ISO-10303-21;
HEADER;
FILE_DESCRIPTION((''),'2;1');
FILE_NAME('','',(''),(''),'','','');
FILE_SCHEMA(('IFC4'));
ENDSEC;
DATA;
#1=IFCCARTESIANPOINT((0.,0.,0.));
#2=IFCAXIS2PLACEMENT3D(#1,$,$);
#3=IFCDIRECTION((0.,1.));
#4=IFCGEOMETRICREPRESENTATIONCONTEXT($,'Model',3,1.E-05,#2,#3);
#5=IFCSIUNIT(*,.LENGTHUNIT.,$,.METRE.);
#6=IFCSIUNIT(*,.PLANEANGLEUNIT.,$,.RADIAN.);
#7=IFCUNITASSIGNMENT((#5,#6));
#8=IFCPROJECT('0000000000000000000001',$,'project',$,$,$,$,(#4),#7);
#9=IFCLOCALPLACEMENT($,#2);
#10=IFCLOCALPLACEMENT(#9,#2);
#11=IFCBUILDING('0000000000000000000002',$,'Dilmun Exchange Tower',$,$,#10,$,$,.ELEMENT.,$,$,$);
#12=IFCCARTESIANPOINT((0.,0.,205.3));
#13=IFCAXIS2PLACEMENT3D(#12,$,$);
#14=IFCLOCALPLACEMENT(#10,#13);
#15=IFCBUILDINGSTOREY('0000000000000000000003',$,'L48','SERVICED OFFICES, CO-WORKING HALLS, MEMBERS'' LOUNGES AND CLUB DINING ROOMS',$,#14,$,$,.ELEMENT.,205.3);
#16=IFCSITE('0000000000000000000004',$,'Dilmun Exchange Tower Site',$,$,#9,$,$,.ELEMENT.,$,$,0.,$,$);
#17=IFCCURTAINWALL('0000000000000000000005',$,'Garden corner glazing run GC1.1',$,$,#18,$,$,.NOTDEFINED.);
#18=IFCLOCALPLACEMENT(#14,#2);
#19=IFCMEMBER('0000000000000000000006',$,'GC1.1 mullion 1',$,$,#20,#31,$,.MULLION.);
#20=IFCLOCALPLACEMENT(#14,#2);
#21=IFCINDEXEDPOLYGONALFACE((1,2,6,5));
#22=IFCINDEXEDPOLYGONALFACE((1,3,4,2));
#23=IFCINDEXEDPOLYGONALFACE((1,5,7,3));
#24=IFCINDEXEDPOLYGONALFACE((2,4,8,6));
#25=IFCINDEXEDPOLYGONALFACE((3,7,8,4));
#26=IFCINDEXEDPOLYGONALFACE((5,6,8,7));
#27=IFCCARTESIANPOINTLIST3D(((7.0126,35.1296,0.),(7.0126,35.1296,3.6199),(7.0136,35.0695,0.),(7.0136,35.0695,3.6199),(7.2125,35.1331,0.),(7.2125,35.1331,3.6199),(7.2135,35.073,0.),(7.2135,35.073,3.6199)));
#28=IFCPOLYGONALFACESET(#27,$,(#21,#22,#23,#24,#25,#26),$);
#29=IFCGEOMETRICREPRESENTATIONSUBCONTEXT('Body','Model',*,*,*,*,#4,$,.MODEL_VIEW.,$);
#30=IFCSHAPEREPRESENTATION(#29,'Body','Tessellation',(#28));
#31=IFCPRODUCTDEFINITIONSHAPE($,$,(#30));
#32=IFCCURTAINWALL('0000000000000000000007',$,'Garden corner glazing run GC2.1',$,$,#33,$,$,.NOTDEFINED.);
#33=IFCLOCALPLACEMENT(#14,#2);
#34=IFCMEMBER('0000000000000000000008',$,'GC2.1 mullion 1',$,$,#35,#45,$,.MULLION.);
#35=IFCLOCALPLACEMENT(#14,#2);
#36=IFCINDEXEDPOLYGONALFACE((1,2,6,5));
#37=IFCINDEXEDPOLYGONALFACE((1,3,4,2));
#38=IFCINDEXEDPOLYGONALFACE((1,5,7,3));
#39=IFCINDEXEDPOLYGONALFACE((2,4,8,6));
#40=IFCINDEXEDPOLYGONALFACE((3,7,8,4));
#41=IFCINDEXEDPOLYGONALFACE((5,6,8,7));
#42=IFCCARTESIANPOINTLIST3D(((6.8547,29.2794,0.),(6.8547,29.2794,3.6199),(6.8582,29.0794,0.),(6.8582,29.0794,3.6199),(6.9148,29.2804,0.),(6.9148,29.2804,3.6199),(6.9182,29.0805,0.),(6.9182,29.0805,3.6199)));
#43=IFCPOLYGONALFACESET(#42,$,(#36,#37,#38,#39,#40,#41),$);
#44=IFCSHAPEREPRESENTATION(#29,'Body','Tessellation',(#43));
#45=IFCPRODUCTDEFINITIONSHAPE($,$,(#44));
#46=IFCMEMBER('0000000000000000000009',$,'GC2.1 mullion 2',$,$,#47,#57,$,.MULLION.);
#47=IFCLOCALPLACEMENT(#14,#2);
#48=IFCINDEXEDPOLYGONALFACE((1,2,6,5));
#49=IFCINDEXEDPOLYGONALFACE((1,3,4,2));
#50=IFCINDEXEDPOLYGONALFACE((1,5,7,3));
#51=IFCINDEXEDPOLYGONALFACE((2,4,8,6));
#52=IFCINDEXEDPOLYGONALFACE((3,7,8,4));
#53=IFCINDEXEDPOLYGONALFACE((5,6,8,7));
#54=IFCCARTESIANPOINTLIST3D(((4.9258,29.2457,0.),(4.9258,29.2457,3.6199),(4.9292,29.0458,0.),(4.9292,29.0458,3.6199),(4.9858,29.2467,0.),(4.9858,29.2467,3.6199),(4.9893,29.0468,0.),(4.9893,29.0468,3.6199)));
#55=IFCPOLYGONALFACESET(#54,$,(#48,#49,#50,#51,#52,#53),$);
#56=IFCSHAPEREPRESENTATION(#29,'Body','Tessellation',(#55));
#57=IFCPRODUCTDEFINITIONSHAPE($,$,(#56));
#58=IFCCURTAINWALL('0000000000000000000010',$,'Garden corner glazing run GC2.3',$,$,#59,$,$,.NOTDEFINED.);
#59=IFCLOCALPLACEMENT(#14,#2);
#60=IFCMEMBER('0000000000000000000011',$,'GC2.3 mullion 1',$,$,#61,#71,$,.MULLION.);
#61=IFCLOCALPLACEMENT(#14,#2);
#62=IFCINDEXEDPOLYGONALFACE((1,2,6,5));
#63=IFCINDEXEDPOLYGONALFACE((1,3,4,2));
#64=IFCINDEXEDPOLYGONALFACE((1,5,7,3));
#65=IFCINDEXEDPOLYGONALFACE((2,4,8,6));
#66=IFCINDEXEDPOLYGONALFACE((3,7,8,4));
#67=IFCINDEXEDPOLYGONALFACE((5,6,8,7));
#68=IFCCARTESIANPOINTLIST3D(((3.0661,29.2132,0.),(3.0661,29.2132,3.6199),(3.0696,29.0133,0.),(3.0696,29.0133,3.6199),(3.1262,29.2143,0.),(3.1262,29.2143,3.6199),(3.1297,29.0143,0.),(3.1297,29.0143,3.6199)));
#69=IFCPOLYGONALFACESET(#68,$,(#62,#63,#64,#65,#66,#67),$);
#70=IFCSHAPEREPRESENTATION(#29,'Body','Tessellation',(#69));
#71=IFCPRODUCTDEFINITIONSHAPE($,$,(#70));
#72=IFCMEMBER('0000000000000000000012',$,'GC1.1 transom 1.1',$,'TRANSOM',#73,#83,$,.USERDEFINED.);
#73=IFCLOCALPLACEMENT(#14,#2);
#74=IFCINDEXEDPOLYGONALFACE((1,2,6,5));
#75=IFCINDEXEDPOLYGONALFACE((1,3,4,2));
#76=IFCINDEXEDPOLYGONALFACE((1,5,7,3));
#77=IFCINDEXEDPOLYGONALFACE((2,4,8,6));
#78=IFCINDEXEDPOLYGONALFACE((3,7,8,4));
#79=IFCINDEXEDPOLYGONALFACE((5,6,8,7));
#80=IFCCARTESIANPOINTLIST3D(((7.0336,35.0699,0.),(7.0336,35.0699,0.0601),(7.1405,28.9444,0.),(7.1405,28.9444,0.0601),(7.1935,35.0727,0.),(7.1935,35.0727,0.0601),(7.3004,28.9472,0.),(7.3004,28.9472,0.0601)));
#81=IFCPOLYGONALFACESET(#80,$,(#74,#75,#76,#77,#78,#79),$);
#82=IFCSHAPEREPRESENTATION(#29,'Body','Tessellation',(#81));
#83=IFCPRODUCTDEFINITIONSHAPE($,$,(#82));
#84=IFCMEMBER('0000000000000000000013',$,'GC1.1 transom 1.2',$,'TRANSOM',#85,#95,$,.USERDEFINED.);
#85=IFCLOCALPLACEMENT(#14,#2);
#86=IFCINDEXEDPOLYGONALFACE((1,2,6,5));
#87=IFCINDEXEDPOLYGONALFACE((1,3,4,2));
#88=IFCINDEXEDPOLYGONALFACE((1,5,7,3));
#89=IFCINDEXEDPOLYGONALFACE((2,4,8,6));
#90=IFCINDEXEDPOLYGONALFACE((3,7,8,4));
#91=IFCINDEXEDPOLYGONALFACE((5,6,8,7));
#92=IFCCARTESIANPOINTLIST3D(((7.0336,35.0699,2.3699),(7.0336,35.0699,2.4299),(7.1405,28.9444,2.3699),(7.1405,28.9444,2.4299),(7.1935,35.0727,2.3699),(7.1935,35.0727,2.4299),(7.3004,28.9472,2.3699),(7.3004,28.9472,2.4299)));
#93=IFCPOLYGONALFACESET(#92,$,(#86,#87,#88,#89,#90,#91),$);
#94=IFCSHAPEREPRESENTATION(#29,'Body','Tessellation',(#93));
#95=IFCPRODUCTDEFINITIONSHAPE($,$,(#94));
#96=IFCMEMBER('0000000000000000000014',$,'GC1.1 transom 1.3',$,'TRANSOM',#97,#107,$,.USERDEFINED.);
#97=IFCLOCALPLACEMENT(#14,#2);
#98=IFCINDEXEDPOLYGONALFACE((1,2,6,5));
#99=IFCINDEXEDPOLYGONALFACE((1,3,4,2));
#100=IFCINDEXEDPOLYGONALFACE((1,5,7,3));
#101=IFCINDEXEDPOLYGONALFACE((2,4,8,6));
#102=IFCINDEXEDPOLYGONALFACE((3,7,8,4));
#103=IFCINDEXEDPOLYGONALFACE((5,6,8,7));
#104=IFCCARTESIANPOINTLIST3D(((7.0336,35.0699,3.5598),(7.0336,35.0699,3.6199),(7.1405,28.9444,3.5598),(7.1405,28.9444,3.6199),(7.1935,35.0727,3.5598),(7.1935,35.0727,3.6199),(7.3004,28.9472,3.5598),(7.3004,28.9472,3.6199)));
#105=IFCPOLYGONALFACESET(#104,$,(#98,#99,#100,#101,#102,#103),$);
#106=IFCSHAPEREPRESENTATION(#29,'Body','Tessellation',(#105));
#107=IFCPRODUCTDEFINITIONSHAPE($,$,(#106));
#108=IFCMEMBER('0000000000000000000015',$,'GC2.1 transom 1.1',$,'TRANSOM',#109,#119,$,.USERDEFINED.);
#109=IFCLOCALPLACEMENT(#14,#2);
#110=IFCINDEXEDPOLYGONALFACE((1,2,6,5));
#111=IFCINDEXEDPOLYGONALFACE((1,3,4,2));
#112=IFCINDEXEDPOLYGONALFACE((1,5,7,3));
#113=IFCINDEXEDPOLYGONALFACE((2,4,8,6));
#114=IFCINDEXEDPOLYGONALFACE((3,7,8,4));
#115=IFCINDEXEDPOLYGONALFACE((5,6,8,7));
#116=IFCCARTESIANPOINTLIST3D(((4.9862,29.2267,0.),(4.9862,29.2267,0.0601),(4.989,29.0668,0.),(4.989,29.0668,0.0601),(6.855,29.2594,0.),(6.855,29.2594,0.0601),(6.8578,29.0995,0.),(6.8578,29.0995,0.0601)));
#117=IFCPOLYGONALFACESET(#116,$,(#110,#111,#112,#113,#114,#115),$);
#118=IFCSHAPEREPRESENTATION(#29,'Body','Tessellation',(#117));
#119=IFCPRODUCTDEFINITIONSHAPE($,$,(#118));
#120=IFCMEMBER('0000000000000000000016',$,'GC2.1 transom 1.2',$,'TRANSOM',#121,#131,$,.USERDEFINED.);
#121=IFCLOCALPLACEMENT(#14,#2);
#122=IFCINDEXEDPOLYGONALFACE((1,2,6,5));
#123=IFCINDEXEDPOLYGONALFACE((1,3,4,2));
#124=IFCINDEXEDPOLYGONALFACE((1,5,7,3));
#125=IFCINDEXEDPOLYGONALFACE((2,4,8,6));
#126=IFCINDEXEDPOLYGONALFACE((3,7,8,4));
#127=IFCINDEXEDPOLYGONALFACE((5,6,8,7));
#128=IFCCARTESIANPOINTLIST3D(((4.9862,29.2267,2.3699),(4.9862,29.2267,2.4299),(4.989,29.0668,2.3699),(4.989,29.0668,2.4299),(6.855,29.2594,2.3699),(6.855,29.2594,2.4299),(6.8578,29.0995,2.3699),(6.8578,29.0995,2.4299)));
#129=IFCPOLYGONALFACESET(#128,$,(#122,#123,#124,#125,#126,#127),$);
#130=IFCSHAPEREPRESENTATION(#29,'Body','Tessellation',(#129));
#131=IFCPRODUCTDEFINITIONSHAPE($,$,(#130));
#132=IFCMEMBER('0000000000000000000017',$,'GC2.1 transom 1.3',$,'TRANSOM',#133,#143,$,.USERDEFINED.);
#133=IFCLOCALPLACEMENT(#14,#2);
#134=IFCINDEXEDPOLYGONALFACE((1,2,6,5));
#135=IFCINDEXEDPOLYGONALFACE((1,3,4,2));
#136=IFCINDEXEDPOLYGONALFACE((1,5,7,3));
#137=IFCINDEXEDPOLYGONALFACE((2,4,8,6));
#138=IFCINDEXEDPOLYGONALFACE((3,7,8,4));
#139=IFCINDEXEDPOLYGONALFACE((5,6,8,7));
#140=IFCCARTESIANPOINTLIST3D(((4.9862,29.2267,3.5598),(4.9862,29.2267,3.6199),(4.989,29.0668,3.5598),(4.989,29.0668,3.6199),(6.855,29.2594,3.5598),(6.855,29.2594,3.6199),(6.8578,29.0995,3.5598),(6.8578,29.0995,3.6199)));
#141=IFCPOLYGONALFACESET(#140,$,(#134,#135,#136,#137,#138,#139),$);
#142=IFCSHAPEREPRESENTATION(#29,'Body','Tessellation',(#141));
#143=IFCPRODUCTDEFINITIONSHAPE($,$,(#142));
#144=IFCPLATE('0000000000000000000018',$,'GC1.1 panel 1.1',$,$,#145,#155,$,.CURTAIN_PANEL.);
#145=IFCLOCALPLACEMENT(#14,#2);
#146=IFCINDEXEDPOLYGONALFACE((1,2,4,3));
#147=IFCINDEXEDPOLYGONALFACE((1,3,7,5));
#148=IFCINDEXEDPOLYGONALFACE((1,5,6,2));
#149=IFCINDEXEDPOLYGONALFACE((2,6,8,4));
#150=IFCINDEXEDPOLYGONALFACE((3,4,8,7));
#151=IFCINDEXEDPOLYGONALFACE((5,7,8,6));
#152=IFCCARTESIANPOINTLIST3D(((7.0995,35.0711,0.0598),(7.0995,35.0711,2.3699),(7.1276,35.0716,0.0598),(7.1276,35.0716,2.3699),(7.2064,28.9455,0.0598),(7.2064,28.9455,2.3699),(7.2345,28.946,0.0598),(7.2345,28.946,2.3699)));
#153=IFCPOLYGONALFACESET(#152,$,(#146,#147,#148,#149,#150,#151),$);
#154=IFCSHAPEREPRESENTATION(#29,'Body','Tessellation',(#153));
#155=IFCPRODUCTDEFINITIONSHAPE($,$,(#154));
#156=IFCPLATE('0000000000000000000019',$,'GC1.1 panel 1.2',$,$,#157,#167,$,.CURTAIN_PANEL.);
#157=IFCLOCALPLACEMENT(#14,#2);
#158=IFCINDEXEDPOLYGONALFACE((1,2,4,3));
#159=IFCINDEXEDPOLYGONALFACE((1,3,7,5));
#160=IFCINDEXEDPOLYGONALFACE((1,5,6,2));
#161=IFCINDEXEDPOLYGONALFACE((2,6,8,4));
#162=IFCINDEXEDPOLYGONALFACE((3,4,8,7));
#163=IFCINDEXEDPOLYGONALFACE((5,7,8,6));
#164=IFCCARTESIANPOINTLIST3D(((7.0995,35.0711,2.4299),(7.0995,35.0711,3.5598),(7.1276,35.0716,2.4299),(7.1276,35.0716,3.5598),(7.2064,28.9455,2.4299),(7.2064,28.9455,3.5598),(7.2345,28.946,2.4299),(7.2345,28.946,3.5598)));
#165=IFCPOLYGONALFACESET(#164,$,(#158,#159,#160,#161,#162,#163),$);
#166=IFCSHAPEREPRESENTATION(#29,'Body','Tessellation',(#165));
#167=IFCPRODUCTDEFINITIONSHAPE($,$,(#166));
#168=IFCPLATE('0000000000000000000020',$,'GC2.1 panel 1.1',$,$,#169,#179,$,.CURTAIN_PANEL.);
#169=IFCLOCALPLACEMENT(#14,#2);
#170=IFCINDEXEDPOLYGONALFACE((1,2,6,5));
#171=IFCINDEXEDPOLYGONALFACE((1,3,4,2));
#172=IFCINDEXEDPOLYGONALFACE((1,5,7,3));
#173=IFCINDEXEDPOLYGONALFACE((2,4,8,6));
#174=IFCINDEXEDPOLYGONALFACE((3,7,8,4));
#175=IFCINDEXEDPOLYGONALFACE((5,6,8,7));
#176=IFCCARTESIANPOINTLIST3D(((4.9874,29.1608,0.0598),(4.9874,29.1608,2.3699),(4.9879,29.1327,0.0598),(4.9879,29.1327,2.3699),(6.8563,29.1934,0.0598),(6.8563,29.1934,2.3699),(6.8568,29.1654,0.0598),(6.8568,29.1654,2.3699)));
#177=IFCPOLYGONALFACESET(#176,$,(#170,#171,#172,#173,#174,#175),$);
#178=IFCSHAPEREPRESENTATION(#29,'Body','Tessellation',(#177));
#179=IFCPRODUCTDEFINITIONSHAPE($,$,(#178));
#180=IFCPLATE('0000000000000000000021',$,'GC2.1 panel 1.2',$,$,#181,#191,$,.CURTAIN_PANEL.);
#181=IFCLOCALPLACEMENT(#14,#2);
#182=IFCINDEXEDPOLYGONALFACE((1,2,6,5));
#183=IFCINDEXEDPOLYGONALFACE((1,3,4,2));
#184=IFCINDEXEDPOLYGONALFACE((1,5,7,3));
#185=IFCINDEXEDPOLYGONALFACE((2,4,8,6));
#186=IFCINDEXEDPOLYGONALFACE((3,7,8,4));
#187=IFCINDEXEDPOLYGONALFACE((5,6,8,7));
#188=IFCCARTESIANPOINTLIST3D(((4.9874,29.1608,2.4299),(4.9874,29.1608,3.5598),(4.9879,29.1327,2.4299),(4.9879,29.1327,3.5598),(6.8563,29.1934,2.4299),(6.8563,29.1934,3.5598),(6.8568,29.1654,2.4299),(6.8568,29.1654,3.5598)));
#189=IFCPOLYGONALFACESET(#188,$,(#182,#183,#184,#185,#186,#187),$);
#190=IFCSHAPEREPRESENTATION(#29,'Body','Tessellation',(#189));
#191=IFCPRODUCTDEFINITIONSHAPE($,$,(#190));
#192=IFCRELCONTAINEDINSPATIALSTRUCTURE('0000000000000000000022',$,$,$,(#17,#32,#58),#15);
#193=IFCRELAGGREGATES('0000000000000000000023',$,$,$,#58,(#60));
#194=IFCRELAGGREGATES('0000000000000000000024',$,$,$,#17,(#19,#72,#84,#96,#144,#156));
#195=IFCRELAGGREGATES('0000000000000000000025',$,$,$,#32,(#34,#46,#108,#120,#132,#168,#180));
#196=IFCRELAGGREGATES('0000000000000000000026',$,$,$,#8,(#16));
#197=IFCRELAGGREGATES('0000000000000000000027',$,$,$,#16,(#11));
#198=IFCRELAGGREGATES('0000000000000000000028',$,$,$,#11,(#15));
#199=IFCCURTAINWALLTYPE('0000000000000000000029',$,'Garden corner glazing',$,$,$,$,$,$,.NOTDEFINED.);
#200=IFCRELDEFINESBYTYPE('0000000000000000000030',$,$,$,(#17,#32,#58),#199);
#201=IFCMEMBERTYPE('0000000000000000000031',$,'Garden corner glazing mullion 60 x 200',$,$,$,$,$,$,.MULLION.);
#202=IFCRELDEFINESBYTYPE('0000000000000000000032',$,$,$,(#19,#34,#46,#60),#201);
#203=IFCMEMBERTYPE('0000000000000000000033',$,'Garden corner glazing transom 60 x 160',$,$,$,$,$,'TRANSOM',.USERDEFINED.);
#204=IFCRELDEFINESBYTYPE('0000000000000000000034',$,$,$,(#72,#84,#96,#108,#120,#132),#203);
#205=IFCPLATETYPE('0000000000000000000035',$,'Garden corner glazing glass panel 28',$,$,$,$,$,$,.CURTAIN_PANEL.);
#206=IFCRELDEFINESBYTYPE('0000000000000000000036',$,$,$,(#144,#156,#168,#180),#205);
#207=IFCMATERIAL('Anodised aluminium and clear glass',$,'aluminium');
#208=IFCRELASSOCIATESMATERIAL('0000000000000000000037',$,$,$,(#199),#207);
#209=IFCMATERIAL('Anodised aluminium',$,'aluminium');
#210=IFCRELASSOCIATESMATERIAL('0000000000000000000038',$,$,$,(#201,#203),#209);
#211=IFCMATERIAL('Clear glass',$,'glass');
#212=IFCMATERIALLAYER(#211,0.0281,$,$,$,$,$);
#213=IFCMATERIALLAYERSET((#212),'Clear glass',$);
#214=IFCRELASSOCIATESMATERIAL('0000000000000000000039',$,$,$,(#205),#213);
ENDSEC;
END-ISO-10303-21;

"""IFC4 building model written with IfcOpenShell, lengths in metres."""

from ifc_helpers import new_model, si_unit, direction, frame, origin, origin_2d, place, context, subcontext, project, spatial, rectangle, extrude, material, layer, layer_set, material_profile, profile_set, type_object, element, aggregate, save


model = new_model("IFC4")

# Units and contexts
model_context = context("Model", 3, precision=1e-05, world=origin(), true_north=direction((0.0, 1.0)))
body_context = subcontext(model_context, "Body", "Model", "MODEL_VIEW")
ifc_project = project(units=[si_unit("LENGTHUNIT", "METRE"), si_unit("PLANEANGLEUNIT", "RADIAN")], contexts=[model_context])

# Site, building, storey
site_placement = place(None, origin())
site = spatial("IfcSite", under=ifc_project, at=site_placement, Name="Dilmun Exchange Tower Site", CompositionType="ELEMENT", RefElevation=0.0)
building_placement = place(site_placement, origin())
building = spatial("IfcBuilding", under=site, at=building_placement, Name="Dilmun Exchange Tower", CompositionType="ELEMENT")
storey_placement = place(building_placement, frame((0.0, 0.0, 205.3)))
storey = spatial("IfcBuildingStorey", under=building, at=storey_placement, Name="L48", Description="SERVICED OFFICES, CO-WORKING HALLS, MEMBERS' LOUNGES AND CLUB DINING ROOMS", CompositionType="ELEMENT", Elevation=205.3)

# Curtain wall, member
ifc_material_1 = material(Name="Anodised aluminium and clear glass", Category="aluminium")
curtain_wall_type = type_object("IfcCurtainWallType", Name="Garden corner glazing", PredefinedType="NOTDEFINED", material=ifc_material_1)
curtain_wall_1_placement = place(storey_placement, origin())
curtain_wall_1 = element("IfcCurtainWall", 1, at=curtain_wall_1_placement, inside=storey, type_object=curtain_wall_type, Name="Garden corner glazing run GC1.1", PredefinedType="NOTDEFINED")
ifc_material_2 = material(Name="Anodised aluminium", Category="aluminium")
ifc_material_profile_1 = material_profile(ifc_material_2, rectangle(XDim=0.2, YDim=0.0601, at=origin_2d()), Name="AL 60x200")
ifc_profile_set_1 = profile_set([ifc_material_profile_1], Name="Anodised aluminium")
member_type_1 = type_object("IfcMemberType", Name="Garden corner glazing mullion 60 x 200", PredefinedType="MULLION", material=ifc_profile_set_1)
member_1_placement = place(storey_placement, frame((7.113, 35.1013, 0.0), z_axis=(0.0, 0.0, 1.0), x_axis=(0.999848, 0.01745, 0.0)))
member_1 = element("IfcMember", 2, at=member_1_placement, type_object=member_type_1, Name="GC1.1 mullion 1", PredefinedType="MULLION", context=body_context, shape_type="SweptSolid", body=[
    extrude(rectangle(XDim=0.2, YDim=0.0601, at=origin_2d()), origin(), (0.0, 0.0, 1.0), 3.6199),
])

# Curtain wall, members
curtain_wall_2_placement = place(storey_placement, origin())
curtain_wall_2 = element("IfcCurtainWall", 3, at=curtain_wall_2_placement, inside=storey, type_object=curtain_wall_type, Name="Garden corner glazing run GC2.1", PredefinedType="NOTDEFINED")
member_2_placement = place(storey_placement, frame((6.8865, 29.1799, 0.0), z_axis=(0.0, 0.0, 1.0), x_axis=(0.017445, -0.999848, 0.0)))
member_2 = element("IfcMember", 4, at=member_2_placement, type_object=member_type_1, Name="GC2.1 mullion 1", PredefinedType="MULLION", context=body_context, shape_type="SweptSolid", body=[
    extrude(rectangle(XDim=0.2, YDim=0.0601, at=origin_2d()), origin(), (0.0, 0.0, 1.0), 3.6199),
])
member_3_placement = place(storey_placement, frame((4.9575, 29.1462, 0.0), z_axis=(0.0, 0.0, 1.0), x_axis=(0.017445, -0.999848, 0.0)))
member_3 = element("IfcMember", 5, at=member_3_placement, type_object=member_type_1, Name="GC2.1 mullion 2", PredefinedType="MULLION", context=body_context, shape_type="SweptSolid", body=[
    extrude(rectangle(XDim=0.2, YDim=0.0601, at=origin_2d()), origin(), (0.0, 0.0, 1.0), 3.6199),
])

# Curtain wall, member
curtain_wall_3_placement = place(storey_placement, origin())
curtain_wall_3 = element("IfcCurtainWall", 6, at=curtain_wall_3_placement, inside=storey, type_object=curtain_wall_type, Name="Garden corner glazing run GC2.3", PredefinedType="NOTDEFINED")
member_4_placement = place(storey_placement, frame((3.0979, 29.1138, 0.0), z_axis=(0.0, 0.0, 1.0), x_axis=(0.017473, -0.999847, 0.0)))
member_4 = element("IfcMember", 7, at=member_4_placement, type_object=member_type_1, Name="GC2.3 mullion 1", PredefinedType="MULLION", context=body_context, shape_type="SweptSolid", body=[
    extrude(rectangle(XDim=0.2, YDim=0.0601, at=origin_2d()), origin(), (0.0, 0.0, 1.0), 3.6199),
])
aggregate(curtain_wall_3, [member_4])

# Members
ifc_material_profile_2 = material_profile(ifc_material_2, rectangle(XDim=0.1599, YDim=0.0601, at=origin_2d()), Name="AL 60x160")
ifc_profile_set_2 = profile_set([ifc_material_profile_2], Name="Anodised aluminium")
member_type_2 = type_object("IfcMemberType", Name="Garden corner glazing transom 60 x 160", ElementType="TRANSOM", PredefinedType="USERDEFINED", material=ifc_profile_set_2)
member_5_placement = place(storey_placement, frame((7.1135, 35.0713, 0.03), z_axis=(0.017454, -0.999848, 0.0), x_axis=(0.999848, 0.017454, 0.0)))
member_5 = element("IfcMember", 8, at=member_5_placement, type_object=member_type_2, Name="GC1.1 transom 1.1", ObjectType="TRANSOM", PredefinedType="USERDEFINED", context=body_context, shape_type="SweptSolid", body=[
    extrude(rectangle(XDim=0.1599, YDim=0.0601, at=origin_2d()), origin(), (0.0, 0.0, 1.0), 6.1265),
])
member_6_placement = place(storey_placement, frame((7.1135, 35.0713, 2.3999), z_axis=(0.017454, -0.999848, 0.0), x_axis=(0.999848, 0.017454, 0.0)))
member_6 = element("IfcMember", 9, at=member_6_placement, type_object=member_type_2, Name="GC1.1 transom 1.2", ObjectType="TRANSOM", PredefinedType="USERDEFINED", context=body_context, shape_type="SweptSolid", body=[
    extrude(rectangle(XDim=0.1599, YDim=0.0601, at=origin_2d()), origin(), (0.0, 0.0, 1.0), 6.1265),
])
member_7_placement = place(storey_placement, frame((7.1135, 35.0713, 3.5898), z_axis=(0.017454, -0.999848, 0.0), x_axis=(0.999848, 0.017454, 0.0)))
member_7 = element("IfcMember", 10, at=member_7_placement, type_object=member_type_2, Name="GC1.1 transom 1.3", ObjectType="TRANSOM", PredefinedType="USERDEFINED", context=body_context, shape_type="SweptSolid", body=[
    extrude(rectangle(XDim=0.1599, YDim=0.0601, at=origin_2d()), origin(), (0.0, 0.0, 1.0), 6.1265),
])
member_8_placement = place(storey_placement, frame((6.8564, 29.1794, 0.03), z_axis=(-0.999847, -0.017502, 0.0), x_axis=(0.017502, -0.999847, 0.0)))
member_8 = element("IfcMember", 11, at=member_8_placement, type_object=member_type_2, Name="GC2.1 transom 1.1", ObjectType="TRANSOM", PredefinedType="USERDEFINED", context=body_context, shape_type="SweptSolid", body=[
    extrude(rectangle(XDim=0.1599, YDim=0.0601, at=origin_2d()), origin(), (0.0, 0.0, 1.0), 1.8691),
])
member_9_placement = place(storey_placement, frame((6.8564, 29.1794, 2.3999), z_axis=(-0.999847, -0.017502, 0.0), x_axis=(0.017502, -0.999847, 0.0)))
member_9 = element("IfcMember", 12, at=member_9_placement, type_object=member_type_2, Name="GC2.1 transom 1.2", ObjectType="TRANSOM", PredefinedType="USERDEFINED", context=body_context, shape_type="SweptSolid", body=[
    extrude(rectangle(XDim=0.1599, YDim=0.0601, at=origin_2d()), origin(), (0.0, 0.0, 1.0), 1.8691),
])
member_10_placement = place(storey_placement, frame((6.8564, 29.1794, 3.5898), z_axis=(-0.999847, -0.017502, 0.0), x_axis=(0.017502, -0.999847, 0.0)))
member_10 = element("IfcMember", 13, at=member_10_placement, type_object=member_type_2, Name="GC2.1 transom 1.3", ObjectType="TRANSOM", PredefinedType="USERDEFINED", context=body_context, shape_type="SweptSolid", body=[
    extrude(rectangle(XDim=0.1599, YDim=0.0601, at=origin_2d()), origin(), (0.0, 0.0, 1.0), 1.8691),
])

# Plates
ifc_material_3 = material(Name="Clear glass", Category="glass")
ifc_layer_1 = layer(ifc_material_3, 0.0281)
ifc_layer_set_1 = layer_set([ifc_layer_1], Name="Clear glass")
plate_type = type_object("IfcPlateType", Name="Garden corner glazing glass panel 28", PredefinedType="CURTAIN_PANEL", material=ifc_layer_set_1)
plate_1_placement = place(storey_placement, frame((7.167, 32.0085, 0.0598), z_axis=(0.0, 0.0, 1.0), x_axis=(0.01745, -0.999848, 0.0)))
plate_1 = element("IfcPlate", 14, at=plate_1_placement, type_object=plate_type, Name="GC1.1 panel 1.1", PredefinedType="CURTAIN_PANEL", context=body_context, shape_type="SweptSolid", body=[
    extrude(rectangle(XDim=6.1265, YDim=0.0281, at=origin_2d()), origin(), (0.0, 0.0, 1.0), 2.3101),
])
plate_2_placement = place(storey_placement, frame((7.167, 32.0085, 2.4299), z_axis=(0.0, 0.0, 1.0), x_axis=(0.01745, -0.999848, 0.0)))
plate_2 = element("IfcPlate", 15, at=plate_2_placement, type_object=plate_type, Name="GC1.1 panel 1.2", PredefinedType="CURTAIN_PANEL", context=body_context, shape_type="SweptSolid", body=[
    extrude(rectangle(XDim=6.1265, YDim=0.0281, at=origin_2d()), origin(), (0.0, 0.0, 1.0), 1.1299),
])
aggregate(curtain_wall_1, [member_1, member_5, member_6, member_7, plate_1, plate_2])
plate_3_placement = place(storey_placement, frame((5.9221, 29.1631, 0.0598), z_axis=(0.0, 0.0, 1.0), x_axis=(-0.999848, -0.017445, 0.0)))
plate_3 = element("IfcPlate", 16, at=plate_3_placement, type_object=plate_type, Name="GC2.1 panel 1.1", PredefinedType="CURTAIN_PANEL", context=body_context, shape_type="SweptSolid", body=[
    extrude(rectangle(XDim=1.8691, YDim=0.0281, at=origin_2d()), origin(), (0.0, 0.0, 1.0), 2.3101),
])
plate_4_placement = place(storey_placement, frame((5.9221, 29.1631, 2.4299), z_axis=(0.0, 0.0, 1.0), x_axis=(-0.999848, -0.017445, 0.0)))
plate_4 = element("IfcPlate", 17, at=plate_4_placement, type_object=plate_type, Name="GC2.1 panel 1.2", PredefinedType="CURTAIN_PANEL", context=body_context, shape_type="SweptSolid", body=[
    extrude(rectangle(XDim=1.8691, YDim=0.0281, at=origin_2d()), origin(), (0.0, 0.0, 1.0), 1.1299),
])
aggregate(curtain_wall_2, [member_2, member_3, member_8, member_9, member_10, plate_3, plate_4])

save(model, "model.ifc")
